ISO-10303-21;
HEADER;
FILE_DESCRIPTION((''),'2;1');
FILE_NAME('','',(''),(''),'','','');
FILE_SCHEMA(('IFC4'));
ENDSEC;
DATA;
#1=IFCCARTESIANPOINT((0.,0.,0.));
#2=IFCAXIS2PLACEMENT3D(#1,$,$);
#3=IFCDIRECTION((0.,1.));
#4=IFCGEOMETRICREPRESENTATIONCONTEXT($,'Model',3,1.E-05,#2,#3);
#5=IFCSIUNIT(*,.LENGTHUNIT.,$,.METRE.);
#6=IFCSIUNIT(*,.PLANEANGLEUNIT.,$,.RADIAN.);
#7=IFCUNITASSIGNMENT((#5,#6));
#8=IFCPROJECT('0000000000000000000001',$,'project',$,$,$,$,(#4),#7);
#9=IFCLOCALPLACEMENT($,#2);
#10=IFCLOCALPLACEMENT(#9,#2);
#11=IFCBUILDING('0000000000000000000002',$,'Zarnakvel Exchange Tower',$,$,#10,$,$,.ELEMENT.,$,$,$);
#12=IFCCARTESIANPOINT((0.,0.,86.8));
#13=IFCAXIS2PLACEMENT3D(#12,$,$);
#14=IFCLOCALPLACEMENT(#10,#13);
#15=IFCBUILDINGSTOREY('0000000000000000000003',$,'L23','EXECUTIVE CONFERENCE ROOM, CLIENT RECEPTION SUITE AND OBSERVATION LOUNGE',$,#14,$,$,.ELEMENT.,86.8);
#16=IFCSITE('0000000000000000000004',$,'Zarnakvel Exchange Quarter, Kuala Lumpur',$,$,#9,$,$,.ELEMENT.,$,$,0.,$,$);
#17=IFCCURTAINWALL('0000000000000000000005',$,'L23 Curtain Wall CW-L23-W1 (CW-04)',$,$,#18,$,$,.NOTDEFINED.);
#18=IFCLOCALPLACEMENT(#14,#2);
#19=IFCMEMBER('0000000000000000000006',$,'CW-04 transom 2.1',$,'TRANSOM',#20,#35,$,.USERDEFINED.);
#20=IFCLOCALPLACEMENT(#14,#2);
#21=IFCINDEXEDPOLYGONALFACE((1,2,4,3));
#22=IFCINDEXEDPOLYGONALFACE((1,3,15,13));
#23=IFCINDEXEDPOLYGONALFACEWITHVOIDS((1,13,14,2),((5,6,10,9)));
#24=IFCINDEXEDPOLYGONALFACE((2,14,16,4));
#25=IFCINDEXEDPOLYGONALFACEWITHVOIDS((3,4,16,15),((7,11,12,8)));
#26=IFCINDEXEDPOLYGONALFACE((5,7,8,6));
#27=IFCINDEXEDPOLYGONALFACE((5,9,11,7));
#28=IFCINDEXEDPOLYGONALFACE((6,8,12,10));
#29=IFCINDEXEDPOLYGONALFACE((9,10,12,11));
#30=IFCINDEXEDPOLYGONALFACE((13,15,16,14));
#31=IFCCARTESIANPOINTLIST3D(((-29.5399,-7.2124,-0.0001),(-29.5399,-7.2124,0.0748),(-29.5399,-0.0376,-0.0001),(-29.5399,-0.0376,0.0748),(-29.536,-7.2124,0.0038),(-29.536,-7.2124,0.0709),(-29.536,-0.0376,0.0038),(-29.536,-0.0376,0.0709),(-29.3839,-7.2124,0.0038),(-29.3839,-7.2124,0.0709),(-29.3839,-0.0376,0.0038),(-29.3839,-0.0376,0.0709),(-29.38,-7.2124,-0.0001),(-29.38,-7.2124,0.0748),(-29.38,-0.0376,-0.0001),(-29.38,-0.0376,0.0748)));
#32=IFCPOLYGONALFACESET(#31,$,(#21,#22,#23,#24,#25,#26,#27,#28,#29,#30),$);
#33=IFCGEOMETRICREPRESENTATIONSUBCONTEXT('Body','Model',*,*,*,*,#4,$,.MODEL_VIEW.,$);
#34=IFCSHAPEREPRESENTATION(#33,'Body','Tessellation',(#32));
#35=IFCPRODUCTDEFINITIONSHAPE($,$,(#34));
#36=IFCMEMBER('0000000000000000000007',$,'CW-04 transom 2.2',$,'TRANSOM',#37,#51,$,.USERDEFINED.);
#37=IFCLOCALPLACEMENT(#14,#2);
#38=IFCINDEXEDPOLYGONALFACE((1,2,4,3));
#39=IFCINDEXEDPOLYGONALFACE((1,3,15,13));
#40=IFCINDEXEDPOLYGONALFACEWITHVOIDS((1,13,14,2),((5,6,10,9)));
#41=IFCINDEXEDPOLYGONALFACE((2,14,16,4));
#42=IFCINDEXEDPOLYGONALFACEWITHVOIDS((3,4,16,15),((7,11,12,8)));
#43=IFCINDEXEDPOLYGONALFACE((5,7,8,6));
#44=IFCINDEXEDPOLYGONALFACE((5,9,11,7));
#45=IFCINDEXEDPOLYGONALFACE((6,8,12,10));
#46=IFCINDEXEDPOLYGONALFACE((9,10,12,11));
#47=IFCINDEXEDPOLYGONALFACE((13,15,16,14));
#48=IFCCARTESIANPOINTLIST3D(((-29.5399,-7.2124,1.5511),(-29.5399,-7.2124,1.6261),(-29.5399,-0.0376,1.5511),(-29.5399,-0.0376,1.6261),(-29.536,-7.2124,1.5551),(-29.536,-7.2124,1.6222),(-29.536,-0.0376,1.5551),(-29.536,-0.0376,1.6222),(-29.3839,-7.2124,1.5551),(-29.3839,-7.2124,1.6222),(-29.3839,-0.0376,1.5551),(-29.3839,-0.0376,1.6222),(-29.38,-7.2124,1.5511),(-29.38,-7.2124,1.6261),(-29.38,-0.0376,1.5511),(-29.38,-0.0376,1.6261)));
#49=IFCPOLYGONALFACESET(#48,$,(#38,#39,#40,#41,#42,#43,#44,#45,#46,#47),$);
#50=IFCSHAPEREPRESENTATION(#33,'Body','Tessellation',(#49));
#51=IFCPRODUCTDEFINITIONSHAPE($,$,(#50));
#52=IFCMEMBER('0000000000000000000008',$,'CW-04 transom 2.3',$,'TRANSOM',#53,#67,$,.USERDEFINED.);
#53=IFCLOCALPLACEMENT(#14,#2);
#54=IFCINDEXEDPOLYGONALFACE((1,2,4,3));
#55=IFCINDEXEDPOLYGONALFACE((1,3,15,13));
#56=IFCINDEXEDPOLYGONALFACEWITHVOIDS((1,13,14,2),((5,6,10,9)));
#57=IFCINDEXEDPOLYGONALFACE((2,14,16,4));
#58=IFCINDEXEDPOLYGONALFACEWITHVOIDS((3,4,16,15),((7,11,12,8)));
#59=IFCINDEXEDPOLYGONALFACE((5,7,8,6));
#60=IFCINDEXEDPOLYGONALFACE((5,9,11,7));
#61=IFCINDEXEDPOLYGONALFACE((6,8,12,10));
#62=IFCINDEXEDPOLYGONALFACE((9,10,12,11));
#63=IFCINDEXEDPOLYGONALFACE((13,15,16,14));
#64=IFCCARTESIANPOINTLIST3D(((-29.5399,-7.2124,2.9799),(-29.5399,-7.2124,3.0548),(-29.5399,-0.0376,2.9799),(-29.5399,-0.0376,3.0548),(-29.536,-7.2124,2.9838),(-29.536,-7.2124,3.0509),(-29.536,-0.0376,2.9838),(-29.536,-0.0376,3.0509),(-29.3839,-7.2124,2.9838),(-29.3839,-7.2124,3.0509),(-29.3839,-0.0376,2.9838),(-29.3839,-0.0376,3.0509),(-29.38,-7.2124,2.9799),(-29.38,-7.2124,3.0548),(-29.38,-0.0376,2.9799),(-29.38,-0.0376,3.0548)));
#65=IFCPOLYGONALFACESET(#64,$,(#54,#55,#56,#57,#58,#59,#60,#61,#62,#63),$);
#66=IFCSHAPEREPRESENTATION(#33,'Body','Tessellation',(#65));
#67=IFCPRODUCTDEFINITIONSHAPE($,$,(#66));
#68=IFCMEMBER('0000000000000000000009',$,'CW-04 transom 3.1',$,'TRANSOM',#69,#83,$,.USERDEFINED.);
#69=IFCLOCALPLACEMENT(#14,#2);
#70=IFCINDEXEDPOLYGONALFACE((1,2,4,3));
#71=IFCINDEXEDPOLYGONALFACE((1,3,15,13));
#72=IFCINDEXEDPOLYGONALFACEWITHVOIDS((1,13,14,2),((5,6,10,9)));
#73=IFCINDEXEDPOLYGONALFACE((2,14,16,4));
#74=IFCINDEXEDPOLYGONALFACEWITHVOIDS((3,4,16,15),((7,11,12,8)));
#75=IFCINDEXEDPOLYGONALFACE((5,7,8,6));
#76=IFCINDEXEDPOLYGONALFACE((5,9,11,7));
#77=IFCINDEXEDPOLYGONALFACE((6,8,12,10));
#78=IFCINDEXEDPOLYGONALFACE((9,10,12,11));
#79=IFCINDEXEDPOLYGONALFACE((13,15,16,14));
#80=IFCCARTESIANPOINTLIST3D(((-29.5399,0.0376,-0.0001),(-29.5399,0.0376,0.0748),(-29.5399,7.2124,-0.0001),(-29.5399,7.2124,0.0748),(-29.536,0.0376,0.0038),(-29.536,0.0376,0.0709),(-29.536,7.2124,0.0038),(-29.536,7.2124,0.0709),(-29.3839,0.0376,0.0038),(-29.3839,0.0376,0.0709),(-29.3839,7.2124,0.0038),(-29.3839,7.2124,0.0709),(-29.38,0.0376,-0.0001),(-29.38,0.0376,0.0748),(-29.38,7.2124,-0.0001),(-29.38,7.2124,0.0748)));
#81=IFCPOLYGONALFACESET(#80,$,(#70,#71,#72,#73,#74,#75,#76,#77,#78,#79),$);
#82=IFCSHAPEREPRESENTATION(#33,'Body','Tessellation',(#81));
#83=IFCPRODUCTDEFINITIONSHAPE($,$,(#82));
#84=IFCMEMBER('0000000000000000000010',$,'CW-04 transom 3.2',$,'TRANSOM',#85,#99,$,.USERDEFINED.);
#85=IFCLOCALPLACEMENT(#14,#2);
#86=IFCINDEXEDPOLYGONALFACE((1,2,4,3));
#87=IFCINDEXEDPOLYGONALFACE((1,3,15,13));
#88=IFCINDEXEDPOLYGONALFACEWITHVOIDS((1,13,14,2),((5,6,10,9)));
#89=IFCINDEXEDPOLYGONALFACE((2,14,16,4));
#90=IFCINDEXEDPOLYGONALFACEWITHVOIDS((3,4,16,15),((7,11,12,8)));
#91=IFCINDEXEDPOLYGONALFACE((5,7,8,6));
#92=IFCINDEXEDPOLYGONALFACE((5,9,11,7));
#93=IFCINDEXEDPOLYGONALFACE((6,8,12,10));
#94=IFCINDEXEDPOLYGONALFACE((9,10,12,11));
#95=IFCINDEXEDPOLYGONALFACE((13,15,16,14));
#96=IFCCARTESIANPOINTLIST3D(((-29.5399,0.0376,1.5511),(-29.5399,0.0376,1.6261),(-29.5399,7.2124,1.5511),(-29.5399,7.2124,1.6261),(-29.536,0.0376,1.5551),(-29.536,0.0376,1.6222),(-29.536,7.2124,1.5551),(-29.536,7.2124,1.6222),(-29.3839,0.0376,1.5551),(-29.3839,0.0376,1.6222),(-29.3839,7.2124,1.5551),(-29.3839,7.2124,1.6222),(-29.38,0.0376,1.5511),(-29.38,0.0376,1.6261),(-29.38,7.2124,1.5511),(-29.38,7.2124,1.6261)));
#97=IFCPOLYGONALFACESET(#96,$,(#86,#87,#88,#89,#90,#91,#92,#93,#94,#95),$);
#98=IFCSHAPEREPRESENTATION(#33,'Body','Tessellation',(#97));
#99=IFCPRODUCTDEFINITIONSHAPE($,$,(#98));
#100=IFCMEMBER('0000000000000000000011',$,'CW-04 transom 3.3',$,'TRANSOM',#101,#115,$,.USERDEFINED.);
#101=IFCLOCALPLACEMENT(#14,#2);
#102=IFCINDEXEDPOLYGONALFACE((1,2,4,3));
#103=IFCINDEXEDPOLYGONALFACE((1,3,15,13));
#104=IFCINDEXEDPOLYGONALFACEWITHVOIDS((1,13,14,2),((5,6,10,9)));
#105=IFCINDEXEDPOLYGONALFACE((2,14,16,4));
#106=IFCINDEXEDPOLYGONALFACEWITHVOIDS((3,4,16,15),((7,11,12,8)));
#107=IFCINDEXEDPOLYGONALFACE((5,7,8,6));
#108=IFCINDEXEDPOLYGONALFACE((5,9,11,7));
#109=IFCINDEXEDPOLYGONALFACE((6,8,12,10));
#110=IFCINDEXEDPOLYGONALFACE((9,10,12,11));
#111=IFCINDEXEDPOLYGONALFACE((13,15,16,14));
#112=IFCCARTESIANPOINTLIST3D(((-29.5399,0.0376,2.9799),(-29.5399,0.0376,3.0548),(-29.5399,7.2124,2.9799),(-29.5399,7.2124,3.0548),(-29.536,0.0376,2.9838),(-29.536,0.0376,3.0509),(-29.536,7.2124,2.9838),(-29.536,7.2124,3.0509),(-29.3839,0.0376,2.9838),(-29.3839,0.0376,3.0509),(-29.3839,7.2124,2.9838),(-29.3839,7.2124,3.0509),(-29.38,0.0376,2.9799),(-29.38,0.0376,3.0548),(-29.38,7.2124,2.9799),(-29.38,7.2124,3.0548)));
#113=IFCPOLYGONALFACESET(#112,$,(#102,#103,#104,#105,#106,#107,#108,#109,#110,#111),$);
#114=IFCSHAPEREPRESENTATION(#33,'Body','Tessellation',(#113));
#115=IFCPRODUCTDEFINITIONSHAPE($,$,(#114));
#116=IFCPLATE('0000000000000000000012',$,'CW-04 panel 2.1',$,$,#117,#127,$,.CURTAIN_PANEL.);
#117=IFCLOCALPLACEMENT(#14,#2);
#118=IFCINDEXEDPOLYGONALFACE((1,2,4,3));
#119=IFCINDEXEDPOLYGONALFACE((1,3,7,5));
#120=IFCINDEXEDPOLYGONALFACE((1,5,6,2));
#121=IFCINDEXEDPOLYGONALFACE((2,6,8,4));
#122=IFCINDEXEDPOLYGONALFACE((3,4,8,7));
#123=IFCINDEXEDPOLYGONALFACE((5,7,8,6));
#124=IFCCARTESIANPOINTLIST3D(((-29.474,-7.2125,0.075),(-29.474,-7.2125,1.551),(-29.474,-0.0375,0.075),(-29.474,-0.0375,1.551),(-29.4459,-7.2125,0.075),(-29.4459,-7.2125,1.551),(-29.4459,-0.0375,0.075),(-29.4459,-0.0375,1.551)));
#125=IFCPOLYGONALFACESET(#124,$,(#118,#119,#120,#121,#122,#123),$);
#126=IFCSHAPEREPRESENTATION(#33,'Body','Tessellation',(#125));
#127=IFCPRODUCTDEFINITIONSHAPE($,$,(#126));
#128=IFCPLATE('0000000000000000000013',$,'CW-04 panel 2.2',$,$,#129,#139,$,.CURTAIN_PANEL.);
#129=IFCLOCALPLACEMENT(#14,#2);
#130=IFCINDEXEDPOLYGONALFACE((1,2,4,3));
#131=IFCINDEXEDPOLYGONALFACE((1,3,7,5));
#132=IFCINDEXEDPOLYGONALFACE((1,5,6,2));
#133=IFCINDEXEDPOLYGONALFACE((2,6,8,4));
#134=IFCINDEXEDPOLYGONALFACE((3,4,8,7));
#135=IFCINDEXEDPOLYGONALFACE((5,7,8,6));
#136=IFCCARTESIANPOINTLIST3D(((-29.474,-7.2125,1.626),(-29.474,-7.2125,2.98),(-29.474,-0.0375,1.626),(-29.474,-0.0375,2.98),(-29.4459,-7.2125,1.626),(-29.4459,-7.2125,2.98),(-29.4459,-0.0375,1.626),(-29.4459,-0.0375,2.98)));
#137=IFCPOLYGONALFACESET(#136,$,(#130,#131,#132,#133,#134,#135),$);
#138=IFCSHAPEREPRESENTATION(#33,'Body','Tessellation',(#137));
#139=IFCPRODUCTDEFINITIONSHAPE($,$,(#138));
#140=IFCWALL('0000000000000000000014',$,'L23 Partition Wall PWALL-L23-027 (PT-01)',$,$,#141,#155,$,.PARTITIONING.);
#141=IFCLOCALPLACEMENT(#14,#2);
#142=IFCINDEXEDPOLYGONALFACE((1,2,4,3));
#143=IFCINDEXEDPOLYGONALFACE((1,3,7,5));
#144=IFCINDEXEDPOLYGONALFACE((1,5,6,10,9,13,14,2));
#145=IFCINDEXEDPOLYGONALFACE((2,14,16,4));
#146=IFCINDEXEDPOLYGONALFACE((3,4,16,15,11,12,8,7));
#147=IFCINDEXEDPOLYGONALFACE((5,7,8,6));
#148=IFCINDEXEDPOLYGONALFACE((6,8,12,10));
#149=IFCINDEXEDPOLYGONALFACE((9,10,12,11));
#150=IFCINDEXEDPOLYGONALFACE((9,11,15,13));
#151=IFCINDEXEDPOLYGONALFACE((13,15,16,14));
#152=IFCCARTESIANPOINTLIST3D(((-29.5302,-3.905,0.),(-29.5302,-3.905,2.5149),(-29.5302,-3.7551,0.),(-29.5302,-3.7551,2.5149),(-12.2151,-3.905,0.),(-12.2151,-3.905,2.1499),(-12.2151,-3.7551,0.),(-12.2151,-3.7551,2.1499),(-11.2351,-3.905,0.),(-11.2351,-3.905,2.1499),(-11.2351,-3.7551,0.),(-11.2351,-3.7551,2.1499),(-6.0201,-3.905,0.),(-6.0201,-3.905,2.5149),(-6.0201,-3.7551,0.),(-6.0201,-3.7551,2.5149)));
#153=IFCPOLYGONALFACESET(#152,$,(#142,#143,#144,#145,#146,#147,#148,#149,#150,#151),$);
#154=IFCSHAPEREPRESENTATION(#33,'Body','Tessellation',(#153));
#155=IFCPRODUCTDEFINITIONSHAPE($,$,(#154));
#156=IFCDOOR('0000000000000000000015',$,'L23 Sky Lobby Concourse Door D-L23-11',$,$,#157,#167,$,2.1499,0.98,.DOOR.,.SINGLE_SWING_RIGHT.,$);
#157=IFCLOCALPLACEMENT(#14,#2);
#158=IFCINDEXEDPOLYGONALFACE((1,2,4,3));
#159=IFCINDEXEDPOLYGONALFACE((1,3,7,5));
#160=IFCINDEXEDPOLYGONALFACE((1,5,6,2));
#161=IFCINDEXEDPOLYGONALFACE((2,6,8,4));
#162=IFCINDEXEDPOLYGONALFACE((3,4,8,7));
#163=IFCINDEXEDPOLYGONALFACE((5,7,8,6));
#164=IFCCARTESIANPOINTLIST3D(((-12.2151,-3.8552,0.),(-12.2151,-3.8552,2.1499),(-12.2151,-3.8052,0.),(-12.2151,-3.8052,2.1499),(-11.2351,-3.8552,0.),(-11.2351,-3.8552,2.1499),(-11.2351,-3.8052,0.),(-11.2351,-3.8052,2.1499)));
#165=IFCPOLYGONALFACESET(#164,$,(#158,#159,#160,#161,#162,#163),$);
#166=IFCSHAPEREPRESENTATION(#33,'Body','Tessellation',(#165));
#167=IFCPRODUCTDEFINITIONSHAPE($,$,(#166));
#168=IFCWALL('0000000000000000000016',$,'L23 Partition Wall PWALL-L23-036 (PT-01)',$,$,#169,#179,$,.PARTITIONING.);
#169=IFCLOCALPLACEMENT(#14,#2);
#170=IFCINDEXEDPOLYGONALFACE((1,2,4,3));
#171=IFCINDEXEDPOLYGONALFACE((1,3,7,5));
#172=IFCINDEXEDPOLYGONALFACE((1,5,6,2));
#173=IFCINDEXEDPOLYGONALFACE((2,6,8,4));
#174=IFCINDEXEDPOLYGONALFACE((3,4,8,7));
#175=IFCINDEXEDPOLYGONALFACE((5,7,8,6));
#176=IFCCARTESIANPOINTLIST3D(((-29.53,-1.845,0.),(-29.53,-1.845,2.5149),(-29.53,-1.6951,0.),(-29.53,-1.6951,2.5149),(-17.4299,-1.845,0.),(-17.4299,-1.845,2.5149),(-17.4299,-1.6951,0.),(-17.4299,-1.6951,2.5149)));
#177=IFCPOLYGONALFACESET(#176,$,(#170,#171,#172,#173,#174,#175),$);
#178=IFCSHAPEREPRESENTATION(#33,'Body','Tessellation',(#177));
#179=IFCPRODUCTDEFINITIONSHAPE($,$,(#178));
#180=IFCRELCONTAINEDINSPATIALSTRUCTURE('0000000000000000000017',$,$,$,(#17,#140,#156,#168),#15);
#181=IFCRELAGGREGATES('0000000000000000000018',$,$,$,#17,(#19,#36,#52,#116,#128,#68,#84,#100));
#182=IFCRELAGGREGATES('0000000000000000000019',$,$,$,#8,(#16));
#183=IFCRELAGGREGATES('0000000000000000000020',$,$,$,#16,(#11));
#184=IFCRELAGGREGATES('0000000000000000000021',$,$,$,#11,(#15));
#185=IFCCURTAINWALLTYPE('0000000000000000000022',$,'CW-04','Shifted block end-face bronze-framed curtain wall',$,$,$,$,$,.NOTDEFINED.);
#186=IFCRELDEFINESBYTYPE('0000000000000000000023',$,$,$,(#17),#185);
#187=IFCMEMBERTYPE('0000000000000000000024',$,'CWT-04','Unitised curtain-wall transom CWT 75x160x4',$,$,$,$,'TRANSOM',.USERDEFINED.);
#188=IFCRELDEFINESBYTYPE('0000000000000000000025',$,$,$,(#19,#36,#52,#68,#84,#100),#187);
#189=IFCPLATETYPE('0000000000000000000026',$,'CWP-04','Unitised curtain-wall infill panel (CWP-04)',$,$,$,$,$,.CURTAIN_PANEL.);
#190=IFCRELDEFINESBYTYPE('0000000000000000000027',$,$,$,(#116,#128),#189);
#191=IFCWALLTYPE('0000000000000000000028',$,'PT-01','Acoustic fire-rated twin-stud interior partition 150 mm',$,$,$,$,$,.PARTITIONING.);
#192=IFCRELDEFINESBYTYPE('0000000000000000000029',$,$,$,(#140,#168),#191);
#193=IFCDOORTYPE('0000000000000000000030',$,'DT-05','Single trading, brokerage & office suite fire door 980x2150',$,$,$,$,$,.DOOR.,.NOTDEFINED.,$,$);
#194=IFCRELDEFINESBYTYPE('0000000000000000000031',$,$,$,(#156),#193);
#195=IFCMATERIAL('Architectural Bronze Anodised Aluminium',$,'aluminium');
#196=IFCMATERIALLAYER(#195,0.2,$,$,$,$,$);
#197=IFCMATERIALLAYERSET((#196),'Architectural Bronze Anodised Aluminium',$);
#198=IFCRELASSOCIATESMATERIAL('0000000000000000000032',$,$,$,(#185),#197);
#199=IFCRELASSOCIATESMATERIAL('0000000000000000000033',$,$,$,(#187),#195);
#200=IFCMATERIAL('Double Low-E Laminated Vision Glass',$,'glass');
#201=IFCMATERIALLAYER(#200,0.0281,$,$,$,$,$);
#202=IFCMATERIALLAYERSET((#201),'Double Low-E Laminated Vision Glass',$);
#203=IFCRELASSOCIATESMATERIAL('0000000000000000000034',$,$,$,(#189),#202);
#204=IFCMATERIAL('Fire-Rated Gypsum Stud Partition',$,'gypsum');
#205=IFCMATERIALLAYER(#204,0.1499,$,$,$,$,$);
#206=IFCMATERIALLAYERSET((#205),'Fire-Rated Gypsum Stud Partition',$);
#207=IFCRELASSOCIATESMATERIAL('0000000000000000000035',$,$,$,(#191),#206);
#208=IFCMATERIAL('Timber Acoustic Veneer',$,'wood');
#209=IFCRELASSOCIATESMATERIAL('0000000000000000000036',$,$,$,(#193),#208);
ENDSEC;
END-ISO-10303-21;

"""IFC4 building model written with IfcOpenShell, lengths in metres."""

from ifc_helpers import new_model, si_unit, direction, frame, frame_2d, origin, origin_2d, place, context, subcontext, project, spatial, rectangle, hollow_rectangle, extrude, source, transform, mapped, material, layer, layer_set, material_profile, profile_set, type_object, element, fill, aggregate, save


model = new_model("IFC4")

# Units and contexts
model_context = context("Model", 3, precision=1e-05, world=origin(), true_north=direction((0.0, 1.0)))
body_context = subcontext(model_context, "Body", "Model", "MODEL_VIEW")
ifc_project = project(units=[si_unit("LENGTHUNIT", "METRE"), si_unit("PLANEANGLEUNIT", "RADIAN")], contexts=[model_context])

# Site, building, storey
site_placement = place(None, origin())
site = spatial("IfcSite", under=ifc_project, at=site_placement, Name="Zarnakvel Exchange Quarter, Kuala Lumpur", CompositionType="ELEMENT", RefElevation=0.0)
building_placement = place(site_placement, origin())
building = spatial("IfcBuilding", under=site, at=building_placement, Name="Zarnakvel Exchange Tower", CompositionType="ELEMENT")
storey_placement = place(building_placement, frame((0.0, 0.0, 86.8)))
storey = spatial("IfcBuildingStorey", under=building, at=storey_placement, Name="L23", Description="EXECUTIVE CONFERENCE ROOM, CLIENT RECEPTION SUITE AND OBSERVATION LOUNGE", CompositionType="ELEMENT", Elevation=86.8)

# Curtain wall, members, plates
ifc_material_1 = material(Name="Architectural Bronze Anodised Aluminium", Category="aluminium")
ifc_layer_1 = layer(ifc_material_1, 0.2)
ifc_layer_set_1 = layer_set([ifc_layer_1], Name="Architectural Bronze Anodised Aluminium")
curtain_wall_type = type_object("IfcCurtainWallType", Name="CW-04", Description="Shifted block end-face bronze-framed curtain wall", PredefinedType="NOTDEFINED", material=ifc_layer_set_1)
curtain_wall_placement = place(storey_placement, origin())
curtain_wall = element("IfcCurtainWall", 1, at=curtain_wall_placement, inside=storey, type_object=curtain_wall_type, Name="L23 Curtain Wall CW-L23-W1 (CW-04)", PredefinedType="NOTDEFINED")
ifc_material_profile_1 = material_profile(ifc_material_1, hollow_rectangle(XDim=0.1599, YDim=0.075, WallThickness=0.0039, at=origin_2d()))
ifc_profile_set_1 = profile_set([ifc_material_profile_1], Name="Architectural Bronze Anodised Aluminium")
member_type_1 = type_object("IfcMemberType", Name="CWT-04", Description="Unitised curtain-wall transom CWT 75x160x4", ElementType="TRANSOM", PredefinedType="USERDEFINED", material=ifc_profile_set_1)
shared_shape_1 = source(origin(), body_context, "Body", "SweptSolid", [
    extrude(hollow_rectangle(XDim=0.1599, YDim=0.075, WallThickness=0.0039, at=origin_2d()), origin(), (0.0, 0.0, 1.0), 7.1748),
])
member_1_placement = place(storey_placement, frame((-29.46, -7.2124, 0.0374), z_axis=(0.0, 1.0, 0.0), x_axis=(-1.0, 0.0, 0.0)))
member_1 = element("IfcMember", 2, at=member_1_placement, type_object=member_type_1, Name="CW-04 transom 2.1", ObjectType="TRANSOM", PredefinedType="USERDEFINED", context=body_context, shape_type="MappedRepresentation", body=[
    mapped(shared_shape_1, transform((0.0, 0.0, 0.0), x_axis=(1.0, 0.0, 0.0), y_axis=(0.0, 1.0, 0.0), z_axis=(0.0, 0.0, 1.0), scale=1.0)),
])
member_2_placement = place(storey_placement, frame((-29.46, -7.2124, 1.5886), z_axis=(0.0, 1.0, 0.0), x_axis=(-1.0, 0.0, 0.0)))
member_2 = element("IfcMember", 3, at=member_2_placement, type_object=member_type_1, Name="CW-04 transom 2.2", ObjectType="TRANSOM", PredefinedType="USERDEFINED", context=body_context, shape_type="MappedRepresentation", body=[
    mapped(shared_shape_1, transform((0.0, 0.0, 0.0), x_axis=(1.0, 0.0, 0.0), y_axis=(0.0, 1.0, 0.0), z_axis=(0.0, 0.0, 1.0), scale=1.0)),
])
member_3_placement = place(storey_placement, frame((-29.46, -7.2124, 3.0173), z_axis=(0.0, 1.0, 0.0), x_axis=(-1.0, 0.0, 0.0)))
member_3 = element("IfcMember", 4, at=member_3_placement, type_object=member_type_1, Name="CW-04 transom 2.3", ObjectType="TRANSOM", PredefinedType="USERDEFINED", context=body_context, shape_type="MappedRepresentation", body=[
    mapped(shared_shape_1, transform((0.0, 0.0, 0.0), x_axis=(1.0, 0.0, 0.0), y_axis=(0.0, 1.0, 0.0), z_axis=(0.0, 0.0, 1.0), scale=1.0)),
])
member_4_placement = place(storey_placement, frame((-29.46, 0.0376, 0.0374), z_axis=(0.0, 1.0, 0.0), x_axis=(-1.0, 0.0, 0.0)))
member_4 = element("IfcMember", 5, at=member_4_placement, type_object=member_type_1, Name="CW-04 transom 3.1", ObjectType="TRANSOM", PredefinedType="USERDEFINED", context=body_context, shape_type="MappedRepresentation", body=[
    mapped(shared_shape_1, transform((0.0, 0.0, 0.0), x_axis=(1.0, 0.0, 0.0), y_axis=(0.0, 1.0, 0.0), z_axis=(0.0, 0.0, 1.0), scale=1.0)),
])
member_5_placement = place(storey_placement, frame((-29.46, 0.0376, 1.5886), z_axis=(0.0, 1.0, 0.0), x_axis=(-1.0, 0.0, 0.0)))
member_5 = element("IfcMember", 6, at=member_5_placement, type_object=member_type_1, Name="CW-04 transom 3.2", ObjectType="TRANSOM", PredefinedType="USERDEFINED", context=body_context, shape_type="MappedRepresentation", body=[
    mapped(shared_shape_1, transform((0.0, 0.0, 0.0), x_axis=(1.0, 0.0, 0.0), y_axis=(0.0, 1.0, 0.0), z_axis=(0.0, 0.0, 1.0), scale=1.0)),
])
member_6_placement = place(storey_placement, frame((-29.46, 0.0376, 3.0173), z_axis=(0.0, 1.0, 0.0), x_axis=(-1.0, 0.0, 0.0)))
member_6 = element("IfcMember", 7, at=member_6_placement, type_object=member_type_1, Name="CW-04 transom 3.3", ObjectType="TRANSOM", PredefinedType="USERDEFINED", context=body_context, shape_type="MappedRepresentation", body=[
    mapped(shared_shape_1, transform((0.0, 0.0, 0.0), x_axis=(1.0, 0.0, 0.0), y_axis=(0.0, 1.0, 0.0), z_axis=(0.0, 0.0, 1.0), scale=1.0)),
])
ifc_material_2 = material(Name="Double Low-E Laminated Vision Glass", Category="glass")
ifc_layer_2 = layer(ifc_material_2, 0.0281)
ifc_layer_set_2 = layer_set([ifc_layer_2], Name="Double Low-E Laminated Vision Glass")
plate_type = type_object("IfcPlateType", Name="CWP-04", Description="Unitised curtain-wall infill panel (CWP-04)", PredefinedType="CURTAIN_PANEL", material=ifc_layer_set_2)
shared_shape_2 = source(origin(), body_context, "Body", "SweptSolid", [
    extrude(rectangle(XDim=7.175, YDim=0.0281, at=origin_2d()), origin(), (0.0, 0.0, 1.0), 1.4761),
])
plate_1_placement = place(storey_placement, frame((-29.46, -3.625, 0.075), z_axis=(0.0, 0.0, 1.0), x_axis=(0.0, 1.0, 0.0)))
plate_1 = element("IfcPlate", 8, at=plate_1_placement, type_object=plate_type, Name="CW-04 panel 2.1", PredefinedType="CURTAIN_PANEL", context=body_context, shape_type="MappedRepresentation", body=[
    mapped(shared_shape_2, transform((0.0, 0.0, 0.0), x_axis=(1.0, 0.0, 0.0), y_axis=(0.0, 1.0, 0.0), z_axis=(0.0, 0.0, 1.0), scale=1.0)),
])
shared_shape_3 = source(origin(), body_context, "Body", "SweptSolid", [
    extrude(rectangle(XDim=7.175, YDim=0.0281, at=origin_2d()), origin(), (0.0, 0.0, 1.0), 1.354),
])
plate_2_placement = place(storey_placement, frame((-29.46, -3.625, 1.626), z_axis=(0.0, 0.0, 1.0), x_axis=(0.0, 1.0, 0.0)))
plate_2 = element("IfcPlate", 9, at=plate_2_placement, type_object=plate_type, Name="CW-04 panel 2.2", PredefinedType="CURTAIN_PANEL", context=body_context, shape_type="MappedRepresentation", body=[
    mapped(shared_shape_3, transform((0.0, 0.0, 0.0), x_axis=(1.0, 0.0, 0.0), y_axis=(0.0, 1.0, 0.0), z_axis=(0.0, 0.0, 1.0), scale=1.0)),
])
aggregate(curtain_wall, [member_1, member_2, member_3, plate_1, plate_2, member_4, member_5, member_6])

# Wall, opening, door
ifc_material_3 = material(Name="Fire-Rated Gypsum Stud Partition", Category="gypsum")
ifc_layer_3 = layer(ifc_material_3, 0.1499)
ifc_layer_set_3 = layer_set([ifc_layer_3], Name="Fire-Rated Gypsum Stud Partition")
wall_type = type_object("IfcWallType", Name="PT-01", Description="Acoustic fire-rated twin-stud interior partition 150 mm", PredefinedType="PARTITIONING", material=ifc_layer_set_3)
wall_1_placement = place(storey_placement, frame((-29.53, -3.8301, 0.0), z_axis=(0.0, 0.0, 1.0), x_axis=(1.0, 0.0, 0.0)))
wall_1 = element("IfcWall", 10, at=wall_1_placement, inside=storey, type_object=wall_type, Name="L23 Partition Wall PWALL-L23-027 (PT-01)", PredefinedType="PARTITIONING", context=body_context, shape_type="SweptSolid", body=[
    extrude(rectangle(XDim=23.51, YDim=0.1499, at=frame_2d((11.7549, 0.0))), origin(), (0.0, 0.0, 1.0), 2.5149),
])
opening_placement = place(wall_1_placement, frame((17.3149, 0.0, 0.0)))
opening = element("IfcOpeningElement", 11, at=opening_placement, cuts=wall_1, PredefinedType="OPENING", context=body_context, shape_type="SweptSolid", body=[
    extrude(rectangle(XDim=0.98, YDim=2.1499, at=frame_2d((0.49, 1.075))), frame((0.0, 0.085, 0.0), z_axis=(0.0, -1.0, 0.0), x_axis=(1.0, 0.0, 0.0)), (0.0, 0.0, 1.0), 0.1699),
])
ifc_material_4 = material(Name="Timber Acoustic Veneer", Category="wood")
door_type = type_object("IfcDoorType", Name="DT-05", Description="Single trading, brokerage & office suite fire door 980x2150", OperationType="NOTDEFINED", PredefinedType="DOOR", material=ifc_material_4)
shared_shape_4 = source(origin(), body_context, "Body", "SweptSolid", [
    extrude(rectangle(XDim=0.98, YDim=2.1499, at=frame_2d((0.49, 1.075))), frame((0.0, 0.0249, 0.0), z_axis=(0.0, -1.0, 0.0), x_axis=(1.0, 0.0, 0.0)), (0.0, 0.0, 1.0), 0.05),
])
door_placement = place(opening_placement, origin())
door = element("IfcDoor", 12, at=door_placement, inside=storey, type_object=door_type, Name="L23 Sky Lobby Concourse Door D-L23-11", OperationType="SINGLE_SWING_RIGHT", OverallHeight=2.1499, OverallWidth=0.98, PredefinedType="DOOR", context=body_context, shape_type="MappedRepresentation", body=[
    mapped(shared_shape_4, transform((0.0, 0.0, 0.0), x_axis=(1.0, 0.0, 0.0), y_axis=(0.0, 1.0, 0.0), z_axis=(0.0, 0.0, 1.0), scale=1.0)),
])
fill(opening, door)

# Wall
wall_2_placement = place(storey_placement, frame((-17.4299, -1.77, 0.0), z_axis=(0.0, 0.0, 1.0), x_axis=(-1.0, 0.0, 0.0)))
element("IfcWall", 13, at=wall_2_placement, inside=storey, type_object=wall_type, Name="L23 Partition Wall PWALL-L23-036 (PT-01)", PredefinedType="PARTITIONING", context=body_context, shape_type="SweptSolid", body=[
    extrude(rectangle(XDim=12.1001, YDim=0.1499, at=frame_2d((6.05, 0.0))), origin(), (0.0, 0.0, 1.0), 2.5149),
])

save(model, "model.ifc")
